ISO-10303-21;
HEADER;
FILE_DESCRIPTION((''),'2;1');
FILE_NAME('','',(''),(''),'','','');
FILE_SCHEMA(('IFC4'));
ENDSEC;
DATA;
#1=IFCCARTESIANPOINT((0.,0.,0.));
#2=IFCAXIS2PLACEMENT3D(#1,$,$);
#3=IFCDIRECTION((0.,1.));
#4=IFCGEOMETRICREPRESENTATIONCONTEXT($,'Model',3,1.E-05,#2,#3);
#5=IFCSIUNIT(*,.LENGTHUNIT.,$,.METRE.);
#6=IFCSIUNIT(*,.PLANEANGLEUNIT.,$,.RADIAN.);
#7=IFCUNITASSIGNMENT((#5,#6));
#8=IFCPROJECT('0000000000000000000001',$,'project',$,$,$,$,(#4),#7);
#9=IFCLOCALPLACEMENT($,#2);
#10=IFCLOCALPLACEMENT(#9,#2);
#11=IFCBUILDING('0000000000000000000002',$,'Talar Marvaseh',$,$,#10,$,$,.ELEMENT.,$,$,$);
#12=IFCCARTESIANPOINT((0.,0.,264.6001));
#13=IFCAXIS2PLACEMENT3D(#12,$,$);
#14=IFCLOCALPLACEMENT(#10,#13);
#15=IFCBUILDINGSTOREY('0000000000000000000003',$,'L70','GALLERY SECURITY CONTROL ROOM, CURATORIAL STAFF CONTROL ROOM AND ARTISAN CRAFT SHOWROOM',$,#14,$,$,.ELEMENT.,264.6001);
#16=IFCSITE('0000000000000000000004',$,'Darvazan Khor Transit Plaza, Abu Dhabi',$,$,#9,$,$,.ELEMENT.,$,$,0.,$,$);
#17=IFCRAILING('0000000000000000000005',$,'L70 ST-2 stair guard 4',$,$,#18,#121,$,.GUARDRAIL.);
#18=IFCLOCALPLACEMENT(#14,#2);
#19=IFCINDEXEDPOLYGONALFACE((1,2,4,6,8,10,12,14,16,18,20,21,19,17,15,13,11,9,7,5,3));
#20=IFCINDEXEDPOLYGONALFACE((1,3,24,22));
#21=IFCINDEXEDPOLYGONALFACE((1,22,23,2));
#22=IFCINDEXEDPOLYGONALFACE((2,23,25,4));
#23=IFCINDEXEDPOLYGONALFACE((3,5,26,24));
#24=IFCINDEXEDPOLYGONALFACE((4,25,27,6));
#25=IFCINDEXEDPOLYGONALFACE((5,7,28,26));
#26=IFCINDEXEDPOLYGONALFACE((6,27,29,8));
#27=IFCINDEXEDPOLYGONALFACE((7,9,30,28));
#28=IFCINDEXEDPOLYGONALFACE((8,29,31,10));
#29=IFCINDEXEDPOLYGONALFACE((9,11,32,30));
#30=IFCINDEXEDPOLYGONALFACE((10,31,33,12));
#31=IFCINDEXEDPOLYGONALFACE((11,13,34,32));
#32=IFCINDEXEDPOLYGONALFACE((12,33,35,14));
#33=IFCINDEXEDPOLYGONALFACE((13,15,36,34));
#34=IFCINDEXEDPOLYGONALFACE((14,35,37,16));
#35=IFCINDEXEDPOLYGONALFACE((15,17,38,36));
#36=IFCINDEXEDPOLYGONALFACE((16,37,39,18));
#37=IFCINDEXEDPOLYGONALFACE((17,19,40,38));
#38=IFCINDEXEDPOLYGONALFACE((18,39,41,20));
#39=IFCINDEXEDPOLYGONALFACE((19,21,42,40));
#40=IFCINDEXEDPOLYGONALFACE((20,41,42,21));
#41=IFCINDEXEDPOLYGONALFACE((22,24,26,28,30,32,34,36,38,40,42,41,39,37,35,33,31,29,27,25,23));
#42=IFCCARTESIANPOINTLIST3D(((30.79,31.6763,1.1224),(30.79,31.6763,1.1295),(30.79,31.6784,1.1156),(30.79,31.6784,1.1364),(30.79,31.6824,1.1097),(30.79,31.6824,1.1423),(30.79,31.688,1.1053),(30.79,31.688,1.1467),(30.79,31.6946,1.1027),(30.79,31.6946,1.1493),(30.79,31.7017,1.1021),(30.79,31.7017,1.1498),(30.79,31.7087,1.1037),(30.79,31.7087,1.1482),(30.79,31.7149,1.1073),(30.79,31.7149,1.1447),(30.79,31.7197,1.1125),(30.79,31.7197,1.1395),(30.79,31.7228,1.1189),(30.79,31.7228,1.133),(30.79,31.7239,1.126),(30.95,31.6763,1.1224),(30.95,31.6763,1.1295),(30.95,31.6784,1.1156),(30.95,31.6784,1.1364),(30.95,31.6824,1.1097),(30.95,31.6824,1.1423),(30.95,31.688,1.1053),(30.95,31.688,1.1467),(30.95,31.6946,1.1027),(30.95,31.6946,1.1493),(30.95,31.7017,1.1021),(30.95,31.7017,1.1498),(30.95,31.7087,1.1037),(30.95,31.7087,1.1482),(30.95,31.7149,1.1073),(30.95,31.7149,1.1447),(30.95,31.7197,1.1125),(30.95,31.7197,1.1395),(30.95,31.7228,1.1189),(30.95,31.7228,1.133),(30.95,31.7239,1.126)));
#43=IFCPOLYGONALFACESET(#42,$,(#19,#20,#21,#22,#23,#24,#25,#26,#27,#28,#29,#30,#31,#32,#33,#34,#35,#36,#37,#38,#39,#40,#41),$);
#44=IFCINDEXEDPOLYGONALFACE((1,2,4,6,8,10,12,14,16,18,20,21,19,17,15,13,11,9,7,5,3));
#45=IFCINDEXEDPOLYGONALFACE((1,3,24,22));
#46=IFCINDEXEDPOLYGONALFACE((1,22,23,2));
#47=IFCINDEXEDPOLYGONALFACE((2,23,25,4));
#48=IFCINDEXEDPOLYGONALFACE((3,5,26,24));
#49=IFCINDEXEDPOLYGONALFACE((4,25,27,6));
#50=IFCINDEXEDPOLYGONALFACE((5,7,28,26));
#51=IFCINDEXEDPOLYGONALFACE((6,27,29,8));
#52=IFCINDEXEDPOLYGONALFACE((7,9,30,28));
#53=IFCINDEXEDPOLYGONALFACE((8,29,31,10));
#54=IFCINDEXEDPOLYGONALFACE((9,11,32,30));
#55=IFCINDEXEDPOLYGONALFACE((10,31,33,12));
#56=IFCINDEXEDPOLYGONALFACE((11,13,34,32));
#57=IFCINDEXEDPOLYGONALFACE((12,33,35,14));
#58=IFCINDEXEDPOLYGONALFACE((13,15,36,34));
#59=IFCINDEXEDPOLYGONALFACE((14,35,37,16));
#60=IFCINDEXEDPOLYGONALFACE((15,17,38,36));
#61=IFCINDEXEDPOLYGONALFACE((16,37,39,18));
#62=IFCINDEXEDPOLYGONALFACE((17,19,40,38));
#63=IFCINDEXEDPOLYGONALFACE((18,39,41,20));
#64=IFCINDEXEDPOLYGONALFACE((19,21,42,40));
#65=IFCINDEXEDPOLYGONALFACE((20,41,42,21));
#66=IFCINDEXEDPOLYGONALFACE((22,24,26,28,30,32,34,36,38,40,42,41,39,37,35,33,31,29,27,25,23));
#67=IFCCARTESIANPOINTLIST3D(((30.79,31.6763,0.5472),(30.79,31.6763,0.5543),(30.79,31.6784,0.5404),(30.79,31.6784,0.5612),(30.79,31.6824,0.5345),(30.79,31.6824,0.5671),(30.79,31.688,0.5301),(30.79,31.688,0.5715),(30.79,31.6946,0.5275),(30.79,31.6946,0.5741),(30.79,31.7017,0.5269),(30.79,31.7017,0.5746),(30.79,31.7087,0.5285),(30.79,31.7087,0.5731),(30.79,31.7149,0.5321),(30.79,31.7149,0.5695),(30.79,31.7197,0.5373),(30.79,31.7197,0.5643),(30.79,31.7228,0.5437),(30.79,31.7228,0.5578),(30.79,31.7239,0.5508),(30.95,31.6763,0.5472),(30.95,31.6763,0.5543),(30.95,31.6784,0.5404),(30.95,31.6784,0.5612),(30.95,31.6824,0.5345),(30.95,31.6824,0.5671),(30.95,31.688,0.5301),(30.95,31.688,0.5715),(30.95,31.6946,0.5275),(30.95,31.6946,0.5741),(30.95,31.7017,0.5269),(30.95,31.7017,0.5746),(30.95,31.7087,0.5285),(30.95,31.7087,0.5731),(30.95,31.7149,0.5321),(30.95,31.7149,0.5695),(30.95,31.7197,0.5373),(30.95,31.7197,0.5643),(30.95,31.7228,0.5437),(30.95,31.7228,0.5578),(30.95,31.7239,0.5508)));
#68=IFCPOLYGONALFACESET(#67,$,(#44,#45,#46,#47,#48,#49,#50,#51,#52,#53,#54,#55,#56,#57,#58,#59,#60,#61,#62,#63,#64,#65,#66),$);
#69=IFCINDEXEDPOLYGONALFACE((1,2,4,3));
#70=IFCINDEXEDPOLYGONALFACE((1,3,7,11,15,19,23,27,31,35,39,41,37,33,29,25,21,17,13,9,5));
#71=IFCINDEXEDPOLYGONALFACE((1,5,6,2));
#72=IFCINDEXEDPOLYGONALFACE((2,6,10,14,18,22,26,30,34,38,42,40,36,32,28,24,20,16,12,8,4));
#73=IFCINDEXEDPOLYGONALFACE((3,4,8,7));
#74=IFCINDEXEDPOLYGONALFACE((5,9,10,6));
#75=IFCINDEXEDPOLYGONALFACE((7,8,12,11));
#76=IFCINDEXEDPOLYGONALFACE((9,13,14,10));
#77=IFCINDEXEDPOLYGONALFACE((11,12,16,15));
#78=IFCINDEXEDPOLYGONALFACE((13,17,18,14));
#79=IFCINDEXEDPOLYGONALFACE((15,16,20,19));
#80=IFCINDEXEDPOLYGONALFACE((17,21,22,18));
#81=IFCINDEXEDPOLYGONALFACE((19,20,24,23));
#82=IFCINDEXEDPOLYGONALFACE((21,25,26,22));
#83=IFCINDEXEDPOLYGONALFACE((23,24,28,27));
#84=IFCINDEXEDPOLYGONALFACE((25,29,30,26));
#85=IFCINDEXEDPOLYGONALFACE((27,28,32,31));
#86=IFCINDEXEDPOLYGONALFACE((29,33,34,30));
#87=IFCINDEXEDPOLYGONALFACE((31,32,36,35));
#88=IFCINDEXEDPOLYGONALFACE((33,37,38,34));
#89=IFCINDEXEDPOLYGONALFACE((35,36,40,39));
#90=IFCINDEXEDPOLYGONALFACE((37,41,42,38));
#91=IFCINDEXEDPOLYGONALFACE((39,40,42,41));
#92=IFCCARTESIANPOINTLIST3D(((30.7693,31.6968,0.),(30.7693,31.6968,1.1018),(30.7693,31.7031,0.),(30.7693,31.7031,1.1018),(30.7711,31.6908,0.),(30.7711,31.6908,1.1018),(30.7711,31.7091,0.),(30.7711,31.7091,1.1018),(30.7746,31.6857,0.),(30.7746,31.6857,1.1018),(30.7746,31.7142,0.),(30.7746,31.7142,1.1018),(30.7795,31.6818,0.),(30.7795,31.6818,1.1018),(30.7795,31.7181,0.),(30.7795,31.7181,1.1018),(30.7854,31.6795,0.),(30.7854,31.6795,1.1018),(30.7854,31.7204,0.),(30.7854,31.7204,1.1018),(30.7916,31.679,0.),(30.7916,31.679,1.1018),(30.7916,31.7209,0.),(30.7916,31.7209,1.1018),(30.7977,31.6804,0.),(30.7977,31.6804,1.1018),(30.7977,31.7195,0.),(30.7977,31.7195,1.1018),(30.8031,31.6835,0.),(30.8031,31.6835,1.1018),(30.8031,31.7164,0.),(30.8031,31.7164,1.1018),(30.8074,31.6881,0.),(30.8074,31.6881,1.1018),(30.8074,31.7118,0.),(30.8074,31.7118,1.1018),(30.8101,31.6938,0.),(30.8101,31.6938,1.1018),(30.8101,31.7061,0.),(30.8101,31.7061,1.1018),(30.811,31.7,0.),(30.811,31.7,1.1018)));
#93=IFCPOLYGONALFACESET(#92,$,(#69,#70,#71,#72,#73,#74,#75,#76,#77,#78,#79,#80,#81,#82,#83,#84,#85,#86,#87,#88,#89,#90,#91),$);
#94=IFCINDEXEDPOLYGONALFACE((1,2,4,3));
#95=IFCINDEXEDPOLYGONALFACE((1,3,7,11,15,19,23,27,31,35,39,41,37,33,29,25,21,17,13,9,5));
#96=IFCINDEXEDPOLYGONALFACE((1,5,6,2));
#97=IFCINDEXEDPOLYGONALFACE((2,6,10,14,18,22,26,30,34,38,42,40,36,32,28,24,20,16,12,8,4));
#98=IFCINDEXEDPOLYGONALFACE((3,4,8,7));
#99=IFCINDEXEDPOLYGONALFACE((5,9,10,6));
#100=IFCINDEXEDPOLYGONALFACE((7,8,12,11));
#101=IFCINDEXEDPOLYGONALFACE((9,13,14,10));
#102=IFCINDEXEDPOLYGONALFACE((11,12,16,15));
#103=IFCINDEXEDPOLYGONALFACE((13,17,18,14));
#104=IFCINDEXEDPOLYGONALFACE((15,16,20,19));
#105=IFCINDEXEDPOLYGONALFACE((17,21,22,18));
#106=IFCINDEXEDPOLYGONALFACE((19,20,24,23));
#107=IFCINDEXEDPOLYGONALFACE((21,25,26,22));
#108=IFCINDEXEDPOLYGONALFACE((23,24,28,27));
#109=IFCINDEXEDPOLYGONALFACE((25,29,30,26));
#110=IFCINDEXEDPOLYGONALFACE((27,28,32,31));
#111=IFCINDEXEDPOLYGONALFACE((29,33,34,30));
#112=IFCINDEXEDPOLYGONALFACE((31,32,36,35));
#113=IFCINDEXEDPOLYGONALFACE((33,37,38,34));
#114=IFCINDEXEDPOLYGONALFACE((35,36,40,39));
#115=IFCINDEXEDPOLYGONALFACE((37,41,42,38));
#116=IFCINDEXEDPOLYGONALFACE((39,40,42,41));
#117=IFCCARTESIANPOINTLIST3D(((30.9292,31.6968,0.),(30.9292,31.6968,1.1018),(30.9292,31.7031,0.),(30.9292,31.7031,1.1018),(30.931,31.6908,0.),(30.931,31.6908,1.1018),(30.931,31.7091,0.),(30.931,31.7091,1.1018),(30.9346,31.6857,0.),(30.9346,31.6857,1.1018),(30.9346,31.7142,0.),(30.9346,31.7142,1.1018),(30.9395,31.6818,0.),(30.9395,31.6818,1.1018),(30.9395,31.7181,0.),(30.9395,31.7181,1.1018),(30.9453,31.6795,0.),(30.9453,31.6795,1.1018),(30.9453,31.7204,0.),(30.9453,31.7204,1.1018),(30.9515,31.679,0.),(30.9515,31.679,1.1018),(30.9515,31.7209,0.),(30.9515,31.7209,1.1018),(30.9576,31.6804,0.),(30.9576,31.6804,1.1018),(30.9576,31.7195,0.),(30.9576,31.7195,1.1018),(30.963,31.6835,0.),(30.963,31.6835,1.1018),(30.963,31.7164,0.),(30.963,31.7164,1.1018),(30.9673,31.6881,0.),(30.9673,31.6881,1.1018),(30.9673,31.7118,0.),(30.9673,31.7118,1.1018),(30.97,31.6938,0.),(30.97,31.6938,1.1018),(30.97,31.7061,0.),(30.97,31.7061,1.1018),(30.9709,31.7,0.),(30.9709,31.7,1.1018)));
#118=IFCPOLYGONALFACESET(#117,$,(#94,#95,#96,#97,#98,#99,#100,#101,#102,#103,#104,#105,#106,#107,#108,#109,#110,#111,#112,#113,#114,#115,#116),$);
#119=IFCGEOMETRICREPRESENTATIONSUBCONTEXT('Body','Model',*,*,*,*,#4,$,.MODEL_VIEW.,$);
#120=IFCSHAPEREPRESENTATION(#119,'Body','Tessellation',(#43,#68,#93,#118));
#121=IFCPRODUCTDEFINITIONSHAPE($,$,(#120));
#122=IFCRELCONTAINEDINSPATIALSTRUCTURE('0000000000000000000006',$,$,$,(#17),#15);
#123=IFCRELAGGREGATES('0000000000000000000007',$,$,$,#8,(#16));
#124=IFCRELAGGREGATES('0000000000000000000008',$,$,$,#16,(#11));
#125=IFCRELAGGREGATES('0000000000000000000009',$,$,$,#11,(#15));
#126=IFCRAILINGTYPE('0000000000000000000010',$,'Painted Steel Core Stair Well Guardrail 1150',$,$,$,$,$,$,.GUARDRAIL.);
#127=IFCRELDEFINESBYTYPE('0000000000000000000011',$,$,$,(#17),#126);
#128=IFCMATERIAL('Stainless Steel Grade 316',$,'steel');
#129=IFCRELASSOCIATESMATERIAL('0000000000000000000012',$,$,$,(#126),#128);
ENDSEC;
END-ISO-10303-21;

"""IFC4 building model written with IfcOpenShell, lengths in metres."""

from ifc_helpers import new_model, si_unit, direction, frame, origin, origin_2d, place, context, subcontext, project, spatial, circle, extrude, material, type_object, element, save


model = new_model("IFC4")

# Units and contexts
model_context = context("Model", 3, precision=1e-05, world=origin(), true_north=direction((0.0, 1.0)))
body_context = subcontext(model_context, "Body", "Model", "MODEL_VIEW")
ifc_project = project(units=[si_unit("LENGTHUNIT", "METRE"), si_unit("PLANEANGLEUNIT", "RADIAN")], contexts=[model_context])

# Site, building, storey
site_placement = place(None, origin())
site = spatial("IfcSite", under=ifc_project, at=site_placement, Name="Darvazan Khor Transit Plaza, Abu Dhabi", CompositionType="ELEMENT", RefElevation=0.0)
building_placement = place(site_placement, origin())
building = spatial("IfcBuilding", under=site, at=building_placement, Name="Talar Marvaseh", CompositionType="ELEMENT")
storey_placement = place(building_placement, frame((0.0, 0.0, 264.6001)))
storey = spatial("IfcBuildingStorey", under=building, at=storey_placement, Name="L70", Description="GALLERY SECURITY CONTROL ROOM, CURATORIAL STAFF CONTROL ROOM AND ARTISAN CRAFT SHOWROOM", CompositionType="ELEMENT", Elevation=264.6001)

# Shared definitions
ifc_material_1 = material(Name="Stainless Steel Grade 316", Category="steel")

# Railing
railing_type_1 = type_object("IfcRailingType", Name="Painted Steel Core Stair Well Guardrail 1150", PredefinedType="GUARDRAIL", material=ifc_material_1)
railing_1_placement = place(storey_placement, frame((30.79, 31.7, 0.0)))
element("IfcRailing", 1, at=railing_1_placement, inside=storey, type_object=railing_type_1, Name="L70 ST-2 stair guard 4", PredefinedType="GUARDRAIL", context=body_context, shape_type="SweptSolid", body=[
    extrude(circle(Radius=0.0239, at=origin_2d()), frame((0.0, 0.0, 1.126), z_axis=(1.0, 0.0, 0.0), x_axis=(0.0, 1.0, 0.0)), (0.0, 0.0, 1.0), 0.1599),
    extrude(circle(Radius=0.0239, at=origin_2d()), frame((0.0, 0.0, 0.5508), z_axis=(1.0, 0.0, 0.0), x_axis=(0.0, 1.0, 0.0)), (0.0, 0.0, 1.0), 0.1599),
    extrude(circle(Radius=0.021, at=origin_2d()), origin(), (0.0, 0.0, 1.0), 1.1018),
    extrude(circle(Radius=0.021, at=origin_2d()), frame((0.1599, 0.0, 0.0)), (0.0, 0.0, 1.0), 1.1018),
])

save(model, "model.ifc")
